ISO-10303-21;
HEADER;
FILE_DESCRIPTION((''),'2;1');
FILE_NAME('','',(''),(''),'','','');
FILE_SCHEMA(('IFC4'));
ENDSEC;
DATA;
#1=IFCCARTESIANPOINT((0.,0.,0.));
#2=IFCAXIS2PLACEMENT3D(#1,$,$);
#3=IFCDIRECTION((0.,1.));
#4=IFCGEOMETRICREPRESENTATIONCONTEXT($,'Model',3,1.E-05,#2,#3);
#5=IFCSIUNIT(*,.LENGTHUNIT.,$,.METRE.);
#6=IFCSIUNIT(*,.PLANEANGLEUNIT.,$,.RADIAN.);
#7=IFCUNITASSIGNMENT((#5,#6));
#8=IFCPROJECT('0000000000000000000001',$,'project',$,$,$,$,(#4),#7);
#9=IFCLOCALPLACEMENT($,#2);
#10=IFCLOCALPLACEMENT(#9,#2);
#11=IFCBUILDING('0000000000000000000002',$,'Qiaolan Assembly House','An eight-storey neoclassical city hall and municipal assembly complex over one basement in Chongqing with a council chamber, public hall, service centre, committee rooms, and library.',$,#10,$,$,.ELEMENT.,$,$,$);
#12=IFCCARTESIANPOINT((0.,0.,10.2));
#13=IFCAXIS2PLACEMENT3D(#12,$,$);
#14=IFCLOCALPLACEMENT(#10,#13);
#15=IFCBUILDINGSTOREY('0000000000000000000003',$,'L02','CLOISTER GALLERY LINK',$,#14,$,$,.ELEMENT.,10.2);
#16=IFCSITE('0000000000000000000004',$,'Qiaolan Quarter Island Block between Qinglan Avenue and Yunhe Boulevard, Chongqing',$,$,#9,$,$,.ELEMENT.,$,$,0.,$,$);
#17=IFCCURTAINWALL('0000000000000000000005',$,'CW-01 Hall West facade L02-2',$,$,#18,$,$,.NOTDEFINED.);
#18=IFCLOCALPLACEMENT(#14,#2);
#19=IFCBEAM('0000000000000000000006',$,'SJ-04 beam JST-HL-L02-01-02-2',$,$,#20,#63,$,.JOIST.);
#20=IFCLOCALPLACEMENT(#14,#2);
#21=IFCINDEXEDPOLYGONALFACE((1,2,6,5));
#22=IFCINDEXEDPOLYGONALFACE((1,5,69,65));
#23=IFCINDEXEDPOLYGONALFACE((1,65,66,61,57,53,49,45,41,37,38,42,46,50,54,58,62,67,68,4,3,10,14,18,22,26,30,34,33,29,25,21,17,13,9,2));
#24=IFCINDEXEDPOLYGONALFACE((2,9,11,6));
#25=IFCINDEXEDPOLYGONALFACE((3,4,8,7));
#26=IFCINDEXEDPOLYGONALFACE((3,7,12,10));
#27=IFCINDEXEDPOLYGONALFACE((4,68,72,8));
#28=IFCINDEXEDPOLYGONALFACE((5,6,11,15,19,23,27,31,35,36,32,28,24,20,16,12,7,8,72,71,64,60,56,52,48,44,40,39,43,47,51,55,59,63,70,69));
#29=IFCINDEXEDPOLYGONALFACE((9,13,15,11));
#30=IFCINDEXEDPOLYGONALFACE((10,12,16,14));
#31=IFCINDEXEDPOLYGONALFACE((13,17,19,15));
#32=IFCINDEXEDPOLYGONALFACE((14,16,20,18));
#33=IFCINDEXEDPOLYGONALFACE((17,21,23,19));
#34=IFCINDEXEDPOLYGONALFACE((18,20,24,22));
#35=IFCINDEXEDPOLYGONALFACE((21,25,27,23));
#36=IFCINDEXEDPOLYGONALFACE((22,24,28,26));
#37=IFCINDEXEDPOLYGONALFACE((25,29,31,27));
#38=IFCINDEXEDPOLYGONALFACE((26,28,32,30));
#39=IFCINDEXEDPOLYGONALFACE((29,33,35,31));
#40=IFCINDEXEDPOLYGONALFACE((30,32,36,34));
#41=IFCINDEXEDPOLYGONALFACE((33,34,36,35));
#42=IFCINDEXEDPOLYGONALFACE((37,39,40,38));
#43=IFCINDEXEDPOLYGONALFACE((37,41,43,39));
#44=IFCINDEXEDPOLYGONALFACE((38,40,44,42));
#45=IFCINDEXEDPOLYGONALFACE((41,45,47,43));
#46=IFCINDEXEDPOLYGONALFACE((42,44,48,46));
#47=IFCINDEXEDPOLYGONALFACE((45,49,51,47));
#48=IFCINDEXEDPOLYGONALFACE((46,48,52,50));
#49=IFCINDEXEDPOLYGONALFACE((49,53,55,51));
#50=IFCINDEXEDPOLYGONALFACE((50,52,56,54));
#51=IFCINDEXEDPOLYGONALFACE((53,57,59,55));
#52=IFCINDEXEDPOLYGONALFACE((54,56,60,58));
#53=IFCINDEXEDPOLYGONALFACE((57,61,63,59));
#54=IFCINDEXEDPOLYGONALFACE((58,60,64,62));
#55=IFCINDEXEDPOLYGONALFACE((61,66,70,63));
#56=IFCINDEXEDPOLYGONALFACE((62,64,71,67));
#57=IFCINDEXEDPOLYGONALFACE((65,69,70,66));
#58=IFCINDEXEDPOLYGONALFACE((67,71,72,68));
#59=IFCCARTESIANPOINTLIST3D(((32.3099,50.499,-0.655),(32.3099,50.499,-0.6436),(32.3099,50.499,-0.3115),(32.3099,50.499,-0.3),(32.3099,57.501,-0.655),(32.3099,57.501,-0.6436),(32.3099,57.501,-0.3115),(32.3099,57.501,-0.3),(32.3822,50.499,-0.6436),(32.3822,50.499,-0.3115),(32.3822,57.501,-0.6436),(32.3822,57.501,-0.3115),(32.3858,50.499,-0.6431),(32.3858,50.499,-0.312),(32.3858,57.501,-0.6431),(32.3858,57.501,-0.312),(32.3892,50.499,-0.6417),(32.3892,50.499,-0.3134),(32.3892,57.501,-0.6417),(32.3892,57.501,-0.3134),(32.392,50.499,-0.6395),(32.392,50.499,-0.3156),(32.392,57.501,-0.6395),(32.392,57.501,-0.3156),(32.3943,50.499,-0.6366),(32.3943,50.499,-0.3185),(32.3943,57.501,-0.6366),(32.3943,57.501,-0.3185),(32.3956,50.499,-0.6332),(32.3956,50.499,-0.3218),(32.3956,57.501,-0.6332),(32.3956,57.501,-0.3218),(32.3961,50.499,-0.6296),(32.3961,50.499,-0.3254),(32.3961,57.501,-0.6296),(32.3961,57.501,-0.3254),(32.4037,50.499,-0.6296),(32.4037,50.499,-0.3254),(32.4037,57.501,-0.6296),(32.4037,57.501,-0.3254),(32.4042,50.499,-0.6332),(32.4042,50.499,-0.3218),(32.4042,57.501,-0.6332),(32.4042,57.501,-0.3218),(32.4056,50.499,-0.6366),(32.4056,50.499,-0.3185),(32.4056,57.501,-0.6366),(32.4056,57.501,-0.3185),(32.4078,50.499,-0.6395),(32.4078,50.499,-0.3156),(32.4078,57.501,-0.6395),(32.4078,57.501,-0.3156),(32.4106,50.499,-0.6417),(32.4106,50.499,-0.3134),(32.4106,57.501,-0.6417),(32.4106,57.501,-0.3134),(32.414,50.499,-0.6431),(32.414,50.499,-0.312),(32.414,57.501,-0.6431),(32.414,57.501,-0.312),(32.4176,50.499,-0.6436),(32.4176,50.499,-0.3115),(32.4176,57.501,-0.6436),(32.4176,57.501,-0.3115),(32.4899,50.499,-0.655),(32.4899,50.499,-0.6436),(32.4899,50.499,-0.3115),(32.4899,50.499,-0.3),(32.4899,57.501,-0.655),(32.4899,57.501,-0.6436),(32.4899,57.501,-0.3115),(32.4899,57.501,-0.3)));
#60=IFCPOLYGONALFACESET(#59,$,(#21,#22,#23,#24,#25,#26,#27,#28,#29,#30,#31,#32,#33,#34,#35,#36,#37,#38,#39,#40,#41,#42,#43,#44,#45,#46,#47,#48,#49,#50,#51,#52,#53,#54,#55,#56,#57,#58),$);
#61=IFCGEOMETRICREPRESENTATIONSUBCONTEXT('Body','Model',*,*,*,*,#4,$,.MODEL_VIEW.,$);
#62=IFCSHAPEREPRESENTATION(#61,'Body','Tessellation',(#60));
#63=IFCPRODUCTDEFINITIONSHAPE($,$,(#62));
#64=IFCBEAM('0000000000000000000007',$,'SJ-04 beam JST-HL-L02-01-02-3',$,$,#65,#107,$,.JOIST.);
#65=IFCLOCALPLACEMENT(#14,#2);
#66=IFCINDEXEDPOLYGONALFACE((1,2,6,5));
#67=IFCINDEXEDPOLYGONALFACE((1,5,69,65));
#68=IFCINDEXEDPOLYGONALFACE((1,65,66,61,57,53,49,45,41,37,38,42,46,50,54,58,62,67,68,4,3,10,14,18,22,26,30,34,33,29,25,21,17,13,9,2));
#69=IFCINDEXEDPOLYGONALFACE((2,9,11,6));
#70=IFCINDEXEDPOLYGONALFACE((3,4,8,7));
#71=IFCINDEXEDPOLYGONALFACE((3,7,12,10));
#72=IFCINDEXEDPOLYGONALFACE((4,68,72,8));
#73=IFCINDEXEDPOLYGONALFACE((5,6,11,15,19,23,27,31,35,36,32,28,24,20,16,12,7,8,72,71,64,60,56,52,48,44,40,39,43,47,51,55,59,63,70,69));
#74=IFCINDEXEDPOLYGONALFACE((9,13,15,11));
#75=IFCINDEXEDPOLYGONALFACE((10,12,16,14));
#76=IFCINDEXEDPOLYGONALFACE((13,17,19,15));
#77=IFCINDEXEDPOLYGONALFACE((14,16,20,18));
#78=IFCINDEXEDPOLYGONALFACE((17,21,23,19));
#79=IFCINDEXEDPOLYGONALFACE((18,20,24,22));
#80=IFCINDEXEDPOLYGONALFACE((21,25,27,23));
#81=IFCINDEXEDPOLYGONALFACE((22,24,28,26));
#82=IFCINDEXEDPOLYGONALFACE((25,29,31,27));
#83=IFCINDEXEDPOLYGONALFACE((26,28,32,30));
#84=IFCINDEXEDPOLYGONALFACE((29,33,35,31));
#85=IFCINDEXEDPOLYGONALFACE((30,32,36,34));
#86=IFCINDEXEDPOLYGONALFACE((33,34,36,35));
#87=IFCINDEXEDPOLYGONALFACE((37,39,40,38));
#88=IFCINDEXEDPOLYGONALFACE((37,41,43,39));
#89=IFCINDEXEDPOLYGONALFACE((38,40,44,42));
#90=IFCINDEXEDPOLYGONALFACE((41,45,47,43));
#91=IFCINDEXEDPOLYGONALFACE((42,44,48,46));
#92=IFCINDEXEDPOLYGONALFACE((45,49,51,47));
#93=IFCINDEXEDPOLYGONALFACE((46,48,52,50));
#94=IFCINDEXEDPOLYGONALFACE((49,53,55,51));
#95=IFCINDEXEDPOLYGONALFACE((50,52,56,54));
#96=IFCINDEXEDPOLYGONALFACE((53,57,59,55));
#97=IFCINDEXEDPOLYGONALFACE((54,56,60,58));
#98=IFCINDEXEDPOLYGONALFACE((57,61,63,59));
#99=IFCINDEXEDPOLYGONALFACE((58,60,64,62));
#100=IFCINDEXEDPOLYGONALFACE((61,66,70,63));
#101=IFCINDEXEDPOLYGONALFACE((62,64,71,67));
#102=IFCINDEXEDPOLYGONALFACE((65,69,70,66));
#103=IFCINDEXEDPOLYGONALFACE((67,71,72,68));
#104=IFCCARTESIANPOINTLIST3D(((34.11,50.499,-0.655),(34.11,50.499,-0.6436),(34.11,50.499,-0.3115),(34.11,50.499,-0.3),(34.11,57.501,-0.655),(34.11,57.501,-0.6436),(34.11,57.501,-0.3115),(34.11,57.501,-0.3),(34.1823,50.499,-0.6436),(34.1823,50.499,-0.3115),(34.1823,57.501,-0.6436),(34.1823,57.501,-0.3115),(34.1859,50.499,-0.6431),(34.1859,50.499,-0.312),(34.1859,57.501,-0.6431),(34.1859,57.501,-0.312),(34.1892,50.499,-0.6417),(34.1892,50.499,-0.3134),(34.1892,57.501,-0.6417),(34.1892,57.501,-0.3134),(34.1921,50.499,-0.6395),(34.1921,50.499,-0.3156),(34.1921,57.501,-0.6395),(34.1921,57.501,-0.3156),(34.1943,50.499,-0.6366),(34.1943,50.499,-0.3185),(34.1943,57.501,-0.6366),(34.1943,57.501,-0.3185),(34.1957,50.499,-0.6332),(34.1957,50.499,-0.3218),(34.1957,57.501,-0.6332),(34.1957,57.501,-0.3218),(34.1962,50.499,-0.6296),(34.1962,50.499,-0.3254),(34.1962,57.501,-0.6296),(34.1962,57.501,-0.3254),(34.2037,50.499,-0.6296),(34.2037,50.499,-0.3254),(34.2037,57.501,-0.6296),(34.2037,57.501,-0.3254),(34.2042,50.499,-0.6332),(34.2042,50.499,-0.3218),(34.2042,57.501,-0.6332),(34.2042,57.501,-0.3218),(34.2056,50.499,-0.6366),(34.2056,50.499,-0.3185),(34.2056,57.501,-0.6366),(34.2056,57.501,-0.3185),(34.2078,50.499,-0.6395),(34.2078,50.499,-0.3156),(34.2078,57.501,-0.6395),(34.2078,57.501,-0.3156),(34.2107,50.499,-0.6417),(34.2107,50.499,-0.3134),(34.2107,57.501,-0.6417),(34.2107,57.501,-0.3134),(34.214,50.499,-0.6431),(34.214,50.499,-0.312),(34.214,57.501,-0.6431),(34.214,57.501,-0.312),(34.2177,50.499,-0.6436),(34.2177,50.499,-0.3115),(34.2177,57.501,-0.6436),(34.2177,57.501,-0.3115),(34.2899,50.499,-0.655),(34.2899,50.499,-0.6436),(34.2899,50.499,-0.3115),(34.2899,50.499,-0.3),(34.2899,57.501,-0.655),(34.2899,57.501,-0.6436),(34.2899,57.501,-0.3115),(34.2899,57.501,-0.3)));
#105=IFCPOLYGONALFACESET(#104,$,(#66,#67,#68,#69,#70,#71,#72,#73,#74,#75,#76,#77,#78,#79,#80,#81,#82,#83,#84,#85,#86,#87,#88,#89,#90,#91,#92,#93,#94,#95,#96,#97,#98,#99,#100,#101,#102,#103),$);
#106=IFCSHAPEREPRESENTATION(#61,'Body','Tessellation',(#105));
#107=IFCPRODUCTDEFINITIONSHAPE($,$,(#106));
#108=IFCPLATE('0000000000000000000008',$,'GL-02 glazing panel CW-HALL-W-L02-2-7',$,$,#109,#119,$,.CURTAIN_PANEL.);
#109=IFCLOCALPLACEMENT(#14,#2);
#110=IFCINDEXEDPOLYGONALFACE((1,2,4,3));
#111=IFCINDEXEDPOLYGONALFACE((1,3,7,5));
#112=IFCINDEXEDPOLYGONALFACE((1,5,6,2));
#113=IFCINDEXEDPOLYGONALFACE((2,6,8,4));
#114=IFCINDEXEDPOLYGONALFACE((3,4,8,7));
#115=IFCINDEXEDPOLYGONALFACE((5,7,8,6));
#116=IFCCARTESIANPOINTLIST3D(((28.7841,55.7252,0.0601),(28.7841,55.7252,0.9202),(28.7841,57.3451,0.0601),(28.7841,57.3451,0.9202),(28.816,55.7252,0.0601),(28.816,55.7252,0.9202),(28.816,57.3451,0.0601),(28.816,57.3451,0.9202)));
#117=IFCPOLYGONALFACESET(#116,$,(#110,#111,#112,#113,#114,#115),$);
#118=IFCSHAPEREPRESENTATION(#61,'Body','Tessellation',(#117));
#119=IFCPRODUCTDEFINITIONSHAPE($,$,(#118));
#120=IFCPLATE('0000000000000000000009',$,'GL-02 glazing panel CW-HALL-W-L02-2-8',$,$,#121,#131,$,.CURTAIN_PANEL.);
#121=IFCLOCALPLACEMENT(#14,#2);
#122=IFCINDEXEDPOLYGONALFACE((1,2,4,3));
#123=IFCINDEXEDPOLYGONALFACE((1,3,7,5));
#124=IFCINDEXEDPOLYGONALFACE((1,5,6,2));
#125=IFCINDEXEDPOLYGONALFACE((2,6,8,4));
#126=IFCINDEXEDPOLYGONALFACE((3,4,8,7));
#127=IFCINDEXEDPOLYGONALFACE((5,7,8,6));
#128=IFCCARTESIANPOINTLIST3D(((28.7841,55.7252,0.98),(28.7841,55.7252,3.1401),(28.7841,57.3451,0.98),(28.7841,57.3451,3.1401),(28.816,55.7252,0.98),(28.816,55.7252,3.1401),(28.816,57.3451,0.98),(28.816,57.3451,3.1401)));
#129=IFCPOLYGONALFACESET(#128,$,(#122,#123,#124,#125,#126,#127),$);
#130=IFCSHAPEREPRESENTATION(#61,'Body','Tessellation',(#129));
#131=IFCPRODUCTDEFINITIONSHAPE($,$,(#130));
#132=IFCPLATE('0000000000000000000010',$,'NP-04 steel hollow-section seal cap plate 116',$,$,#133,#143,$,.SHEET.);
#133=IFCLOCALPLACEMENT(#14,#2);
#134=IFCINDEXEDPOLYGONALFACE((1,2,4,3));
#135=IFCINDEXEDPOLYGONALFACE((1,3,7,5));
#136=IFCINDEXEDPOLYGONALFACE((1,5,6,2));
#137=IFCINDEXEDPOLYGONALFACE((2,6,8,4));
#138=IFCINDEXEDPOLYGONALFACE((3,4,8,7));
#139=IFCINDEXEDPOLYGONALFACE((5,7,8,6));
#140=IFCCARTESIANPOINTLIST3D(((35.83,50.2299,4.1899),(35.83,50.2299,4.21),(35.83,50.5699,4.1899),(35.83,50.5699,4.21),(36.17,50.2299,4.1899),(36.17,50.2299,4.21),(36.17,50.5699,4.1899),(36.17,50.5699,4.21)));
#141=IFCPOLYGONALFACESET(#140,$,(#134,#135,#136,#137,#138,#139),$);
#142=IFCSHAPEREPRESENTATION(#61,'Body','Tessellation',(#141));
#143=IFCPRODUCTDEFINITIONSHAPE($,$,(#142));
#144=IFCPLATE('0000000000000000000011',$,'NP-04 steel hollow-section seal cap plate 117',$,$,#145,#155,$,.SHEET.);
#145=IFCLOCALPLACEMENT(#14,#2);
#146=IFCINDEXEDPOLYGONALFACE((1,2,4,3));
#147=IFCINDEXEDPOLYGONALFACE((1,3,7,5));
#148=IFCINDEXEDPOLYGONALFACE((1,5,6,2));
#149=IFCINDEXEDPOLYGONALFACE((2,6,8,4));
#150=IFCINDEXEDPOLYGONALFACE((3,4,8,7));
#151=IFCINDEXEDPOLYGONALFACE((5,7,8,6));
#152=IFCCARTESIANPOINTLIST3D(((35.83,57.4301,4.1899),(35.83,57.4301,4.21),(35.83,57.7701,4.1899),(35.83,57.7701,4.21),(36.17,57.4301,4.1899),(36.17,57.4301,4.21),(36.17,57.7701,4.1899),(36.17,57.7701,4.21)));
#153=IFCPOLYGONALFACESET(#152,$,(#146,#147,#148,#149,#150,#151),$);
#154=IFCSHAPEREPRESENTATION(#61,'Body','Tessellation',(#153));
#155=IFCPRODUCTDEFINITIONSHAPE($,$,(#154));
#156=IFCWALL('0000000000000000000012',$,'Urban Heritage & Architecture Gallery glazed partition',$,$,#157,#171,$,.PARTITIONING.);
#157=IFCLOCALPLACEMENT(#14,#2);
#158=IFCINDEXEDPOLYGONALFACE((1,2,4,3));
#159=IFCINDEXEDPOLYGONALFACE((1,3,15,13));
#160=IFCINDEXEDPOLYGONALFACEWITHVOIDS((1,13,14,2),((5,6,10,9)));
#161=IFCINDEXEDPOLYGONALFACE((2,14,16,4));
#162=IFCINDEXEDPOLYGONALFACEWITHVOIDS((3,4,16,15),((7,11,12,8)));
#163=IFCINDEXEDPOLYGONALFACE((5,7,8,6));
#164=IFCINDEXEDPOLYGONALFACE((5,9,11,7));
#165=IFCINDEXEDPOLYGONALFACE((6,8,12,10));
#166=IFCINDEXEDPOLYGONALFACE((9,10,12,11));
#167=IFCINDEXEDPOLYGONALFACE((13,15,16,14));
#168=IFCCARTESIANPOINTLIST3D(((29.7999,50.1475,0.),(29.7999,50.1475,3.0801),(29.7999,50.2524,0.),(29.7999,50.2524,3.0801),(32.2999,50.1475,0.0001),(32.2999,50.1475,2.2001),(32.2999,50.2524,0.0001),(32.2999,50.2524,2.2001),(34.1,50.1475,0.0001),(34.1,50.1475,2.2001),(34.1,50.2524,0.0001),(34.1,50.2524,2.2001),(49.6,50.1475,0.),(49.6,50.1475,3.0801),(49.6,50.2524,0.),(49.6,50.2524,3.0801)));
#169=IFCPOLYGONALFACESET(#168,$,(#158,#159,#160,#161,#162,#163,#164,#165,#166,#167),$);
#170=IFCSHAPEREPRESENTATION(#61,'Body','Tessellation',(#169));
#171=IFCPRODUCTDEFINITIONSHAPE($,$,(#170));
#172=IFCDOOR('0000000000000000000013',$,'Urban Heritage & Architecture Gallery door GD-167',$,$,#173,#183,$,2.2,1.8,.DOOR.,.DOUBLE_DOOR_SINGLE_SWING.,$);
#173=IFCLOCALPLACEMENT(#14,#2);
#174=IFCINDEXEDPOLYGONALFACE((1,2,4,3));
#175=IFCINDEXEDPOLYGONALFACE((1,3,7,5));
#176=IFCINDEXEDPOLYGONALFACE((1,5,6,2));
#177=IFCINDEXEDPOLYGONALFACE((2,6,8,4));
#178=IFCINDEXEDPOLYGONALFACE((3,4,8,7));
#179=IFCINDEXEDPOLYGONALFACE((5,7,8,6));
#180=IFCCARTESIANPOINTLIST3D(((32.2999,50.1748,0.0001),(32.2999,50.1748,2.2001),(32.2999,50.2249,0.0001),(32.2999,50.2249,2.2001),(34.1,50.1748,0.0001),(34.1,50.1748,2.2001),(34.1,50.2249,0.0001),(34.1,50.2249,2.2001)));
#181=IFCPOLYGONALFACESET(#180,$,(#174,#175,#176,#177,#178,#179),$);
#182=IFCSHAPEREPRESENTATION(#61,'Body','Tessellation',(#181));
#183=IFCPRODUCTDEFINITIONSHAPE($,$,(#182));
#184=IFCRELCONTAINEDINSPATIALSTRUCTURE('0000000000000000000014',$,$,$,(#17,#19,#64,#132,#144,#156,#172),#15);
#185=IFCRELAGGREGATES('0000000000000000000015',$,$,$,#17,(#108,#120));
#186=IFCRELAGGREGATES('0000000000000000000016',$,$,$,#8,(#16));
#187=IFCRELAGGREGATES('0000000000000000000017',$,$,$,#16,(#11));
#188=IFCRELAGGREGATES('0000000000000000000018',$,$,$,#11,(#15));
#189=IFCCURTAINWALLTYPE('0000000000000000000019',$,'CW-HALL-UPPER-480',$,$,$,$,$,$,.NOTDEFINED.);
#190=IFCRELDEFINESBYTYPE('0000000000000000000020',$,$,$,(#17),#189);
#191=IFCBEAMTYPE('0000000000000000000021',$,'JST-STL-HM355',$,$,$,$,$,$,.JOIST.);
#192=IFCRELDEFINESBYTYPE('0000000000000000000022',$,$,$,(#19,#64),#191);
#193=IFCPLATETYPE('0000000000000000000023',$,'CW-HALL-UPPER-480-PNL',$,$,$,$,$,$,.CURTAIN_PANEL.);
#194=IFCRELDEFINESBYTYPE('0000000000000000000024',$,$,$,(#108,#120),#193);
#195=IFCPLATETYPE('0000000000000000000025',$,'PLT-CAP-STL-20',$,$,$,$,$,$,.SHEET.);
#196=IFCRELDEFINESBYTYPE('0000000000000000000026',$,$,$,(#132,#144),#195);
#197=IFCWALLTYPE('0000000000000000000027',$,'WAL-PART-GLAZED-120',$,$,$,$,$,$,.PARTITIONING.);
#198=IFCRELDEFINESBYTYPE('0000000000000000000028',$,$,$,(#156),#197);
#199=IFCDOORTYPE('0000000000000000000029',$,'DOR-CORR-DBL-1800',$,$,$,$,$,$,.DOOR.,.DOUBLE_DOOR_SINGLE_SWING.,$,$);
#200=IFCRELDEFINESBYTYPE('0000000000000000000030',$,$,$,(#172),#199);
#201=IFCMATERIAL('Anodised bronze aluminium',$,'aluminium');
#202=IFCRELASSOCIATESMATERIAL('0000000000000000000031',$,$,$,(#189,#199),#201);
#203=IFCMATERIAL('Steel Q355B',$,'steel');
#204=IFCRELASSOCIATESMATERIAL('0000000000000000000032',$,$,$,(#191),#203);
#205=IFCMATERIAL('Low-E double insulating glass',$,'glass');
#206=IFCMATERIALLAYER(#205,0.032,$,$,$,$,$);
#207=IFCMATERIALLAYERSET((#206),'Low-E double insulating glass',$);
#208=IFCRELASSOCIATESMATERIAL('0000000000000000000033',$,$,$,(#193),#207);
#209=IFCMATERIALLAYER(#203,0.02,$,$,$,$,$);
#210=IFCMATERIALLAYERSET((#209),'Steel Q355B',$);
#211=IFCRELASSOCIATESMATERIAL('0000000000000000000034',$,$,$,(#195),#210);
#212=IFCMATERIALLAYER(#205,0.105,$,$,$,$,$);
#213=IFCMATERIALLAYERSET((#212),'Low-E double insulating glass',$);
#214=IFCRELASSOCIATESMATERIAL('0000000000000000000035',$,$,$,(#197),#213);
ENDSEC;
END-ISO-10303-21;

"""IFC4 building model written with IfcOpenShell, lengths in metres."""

from ifc_helpers import new_model, si_unit, direction, frame, frame_2d, origin, origin_2d, place, context, subcontext, project, spatial, rectangle, i_section, extrude, material, layer, layer_set, material_profile, profile_set, type_object, element, fill, aggregate, save


model = new_model("IFC4")

# Units and contexts
model_context = context("Model", 3, precision=1e-05, world=origin(), true_north=direction((0.0, 1.0)))
body_context = subcontext(model_context, "Body", "Model", "MODEL_VIEW")
ifc_project = project(units=[si_unit("LENGTHUNIT", "METRE"), si_unit("PLANEANGLEUNIT", "RADIAN")], contexts=[model_context])

# Site, building, storey
site_placement = place(None, origin())
site = spatial("IfcSite", under=ifc_project, at=site_placement, Name="Qiaolan Quarter Island Block between Qinglan Avenue and Yunhe Boulevard, Chongqing", CompositionType="ELEMENT", RefElevation=0.0)
building_placement = place(site_placement, origin())
building = spatial("IfcBuilding", under=site, at=building_placement, Name="Qiaolan Assembly House", Description="An eight-storey neoclassical city hall and municipal assembly complex over one basement in Chongqing with a council chamber, public hall, service centre, committee rooms, and library.", CompositionType="ELEMENT")
storey_placement = place(building_placement, frame((0.0, 0.0, 10.2)))
storey = spatial("IfcBuildingStorey", under=building, at=storey_placement, Name="L02", Description="CLOISTER GALLERY LINK", CompositionType="ELEMENT", Elevation=10.2)

# Shared definitions
ifc_material_1 = material(Name="Steel Q355B", Category="steel")

# Curtain wall
ifc_material_2 = material(Name="Anodised bronze aluminium", Category="aluminium")
curtain_wall_type = type_object("IfcCurtainWallType", Name="CW-HALL-UPPER-480", PredefinedType="NOTDEFINED", material=ifc_material_2)
curtain_wall_placement = place(storey_placement, origin())
curtain_wall = element("IfcCurtainWall", 1, at=curtain_wall_placement, inside=storey, type_object=curtain_wall_type, Name="CW-01 Hall West facade L02-2", PredefinedType="NOTDEFINED")

# Beams
ifc_material_profile_1 = material_profile(ifc_material_1, i_section(OverallWidth=0.1799, OverallDepth=0.355, WebThickness=0.0076, FlangeThickness=0.0115, FilletRadius=0.0139, at=origin_2d()), Name="HM 355x180x7.5x11.5")
ifc_profile_set_1 = profile_set([ifc_material_profile_1], Name="Steel Q355B")
beam_type_1 = type_object("IfcBeamType", Name="JST-STL-HM355", PredefinedType="JOIST", material=ifc_profile_set_1)
for number, where, z_axis, x_axis, name in (
    (2, (32.3999, 50.499, -0.4775), (0.0, 1.0, 0.0), (-1.0, 0.0, 0.0), "SJ-04 beam JST-HL-L02-01-02-2"),
    (3, (34.2, 50.499, -0.4775), (0.0, 1.0, 0.0), (-1.0, 0.0, 0.0), "SJ-04 beam JST-HL-L02-01-02-3"),
):
    element("IfcBeam", number, at=place(storey_placement, frame(where, z_axis=z_axis, x_axis=x_axis)), inside=storey, type_object=beam_type_1, Name=name, PredefinedType="JOIST", context=body_context, shape_type="SweptSolid", body=[
        extrude(i_section(OverallWidth=0.1799, OverallDepth=0.355, WebThickness=0.0076, FlangeThickness=0.0115, FilletRadius=0.0139, at=origin_2d()), origin(), (0.0, 0.0, 1.0), 7.002),
    ])

# Plates
ifc_material_3 = material(Name="Low-E double insulating glass", Category="glass")
ifc_layer_1 = layer(ifc_material_3, 0.032)
ifc_layer_set_1 = layer_set([ifc_layer_1], Name="Low-E double insulating glass")
plate_type_1 = type_object("IfcPlateType", Name="CW-HALL-UPPER-480-PNL", PredefinedType="CURTAIN_PANEL", material=ifc_layer_set_1)
plate_1_placement = place(storey_placement, frame((28.8, 55.7251, 0.0601), z_axis=(0.0, 0.0, 1.0), x_axis=(0.0, 1.0, 0.0)))
plate_1 = element("IfcPlate", 4, at=plate_1_placement, type_object=plate_type_1, Name="GL-02 glazing panel CW-HALL-W-L02-2-7", PredefinedType="CURTAIN_PANEL", context=body_context, shape_type="SweptSolid", body=[
    extrude(rectangle(XDim=1.6199, YDim=0.032, at=frame_2d((0.8101, 0.0))), origin(), (0.0, 0.0, 1.0), 0.8601),
])
plate_2_placement = place(storey_placement, frame((28.8, 55.7251, 0.98), z_axis=(0.0, 0.0, 1.0), x_axis=(0.0, 1.0, 0.0)))
plate_2 = element("IfcPlate", 5, at=plate_2_placement, type_object=plate_type_1, Name="GL-02 glazing panel CW-HALL-W-L02-2-8", PredefinedType="CURTAIN_PANEL", context=body_context, shape_type="SweptSolid", body=[
    extrude(rectangle(XDim=1.6199, YDim=0.032, at=frame_2d((0.8101, 0.0))), origin(), (0.0, 0.0, 1.0), 2.1602),
])
aggregate(curtain_wall, [plate_1, plate_2])

# Plates
ifc_layer_2 = layer(ifc_material_1, 0.02)
ifc_layer_set_2 = layer_set([ifc_layer_2], Name="Steel Q355B")
plate_type_2 = type_object("IfcPlateType", Name="PLT-CAP-STL-20", PredefinedType="SHEET", material=ifc_layer_set_2)
for number, where, z_axis, x_axis, name in (
    (6, (36.0, 50.3999, 4.1899), (0.0, 0.0, 1.0), (1.0, 0.0, 0.0), "NP-04 steel hollow-section seal cap plate 116"),
    (7, (36.0, 57.6001, 4.1899), (0.0, 0.0, 1.0), (1.0, 0.0, 0.0), "NP-04 steel hollow-section seal cap plate 117"),
):
    element("IfcPlate", number, at=place(storey_placement, frame(where, z_axis=z_axis, x_axis=x_axis)), inside=storey, type_object=plate_type_2, Name=name, PredefinedType="SHEET", context=body_context, shape_type="SweptSolid", body=[
        extrude(rectangle(XDim=0.3401, YDim=0.3401, at=origin_2d()), origin(), (0.0, 0.0, 1.0), 0.02),
    ])

# Wall, opening, door
ifc_layer_3 = layer(ifc_material_3, 0.105)
ifc_layer_set_3 = layer_set([ifc_layer_3], Name="Low-E double insulating glass")
wall_type = type_object("IfcWallType", Name="WAL-PART-GLAZED-120", PredefinedType="PARTITIONING", material=ifc_layer_set_3)
wall_placement = place(storey_placement, frame((29.8, 50.2, 0.0), z_axis=(0.0, 0.0, 1.0), x_axis=(1.0, 0.0, 0.0)))
wall = element("IfcWall", 8, at=wall_placement, inside=storey, type_object=wall_type, Name="Urban Heritage & Architecture Gallery glazed partition", PredefinedType="PARTITIONING", context=body_context, shape_type="SweptSolid", body=[
    extrude(rectangle(XDim=19.8, YDim=0.105, at=frame_2d((9.8999, 0.0))), origin(), (0.0, 0.0, 1.0), 3.0801),
])
opening_placement = place(wall_placement, frame((2.5, 0.0, 0.0)))
opening = element("IfcOpeningElement", 9, at=opening_placement, cuts=wall, PredefinedType="OPENING", context=body_context, shape_type="SweptSolid", body=[
    extrude(rectangle(XDim=1.8, YDim=2.2, at=frame_2d((0.8999, 1.1001))), frame((0.0, 0.0625, 0.0), z_axis=(0.0, -1.0, 0.0), x_axis=(1.0, 0.0, 0.0)), (0.0, 0.0, 1.0), 0.125),
])
door_type = type_object("IfcDoorType", Name="DOR-CORR-DBL-1800", OperationType="DOUBLE_DOOR_SINGLE_SWING", PredefinedType="DOOR", material=ifc_material_2)
door_placement = place(opening_placement, origin())
door = element("IfcDoor", 10, at=door_placement, inside=storey, type_object=door_type, Name="Urban Heritage & Architecture Gallery door GD-167", OperationType="DOUBLE_DOOR_SINGLE_SWING", OverallHeight=2.2, OverallWidth=1.8, PredefinedType="DOOR", context=body_context, shape_type="SweptSolid", body=[
    extrude(rectangle(XDim=1.8, YDim=2.2, at=frame_2d((0.8999, 1.1001))), frame((0.0, 0.0249, 0.0), z_axis=(0.0, -1.0, 0.0), x_axis=(1.0, 0.0, 0.0)), (0.0, 0.0, 1.0), 0.05),
])
fill(opening, door)

save(model, "model.ifc")
